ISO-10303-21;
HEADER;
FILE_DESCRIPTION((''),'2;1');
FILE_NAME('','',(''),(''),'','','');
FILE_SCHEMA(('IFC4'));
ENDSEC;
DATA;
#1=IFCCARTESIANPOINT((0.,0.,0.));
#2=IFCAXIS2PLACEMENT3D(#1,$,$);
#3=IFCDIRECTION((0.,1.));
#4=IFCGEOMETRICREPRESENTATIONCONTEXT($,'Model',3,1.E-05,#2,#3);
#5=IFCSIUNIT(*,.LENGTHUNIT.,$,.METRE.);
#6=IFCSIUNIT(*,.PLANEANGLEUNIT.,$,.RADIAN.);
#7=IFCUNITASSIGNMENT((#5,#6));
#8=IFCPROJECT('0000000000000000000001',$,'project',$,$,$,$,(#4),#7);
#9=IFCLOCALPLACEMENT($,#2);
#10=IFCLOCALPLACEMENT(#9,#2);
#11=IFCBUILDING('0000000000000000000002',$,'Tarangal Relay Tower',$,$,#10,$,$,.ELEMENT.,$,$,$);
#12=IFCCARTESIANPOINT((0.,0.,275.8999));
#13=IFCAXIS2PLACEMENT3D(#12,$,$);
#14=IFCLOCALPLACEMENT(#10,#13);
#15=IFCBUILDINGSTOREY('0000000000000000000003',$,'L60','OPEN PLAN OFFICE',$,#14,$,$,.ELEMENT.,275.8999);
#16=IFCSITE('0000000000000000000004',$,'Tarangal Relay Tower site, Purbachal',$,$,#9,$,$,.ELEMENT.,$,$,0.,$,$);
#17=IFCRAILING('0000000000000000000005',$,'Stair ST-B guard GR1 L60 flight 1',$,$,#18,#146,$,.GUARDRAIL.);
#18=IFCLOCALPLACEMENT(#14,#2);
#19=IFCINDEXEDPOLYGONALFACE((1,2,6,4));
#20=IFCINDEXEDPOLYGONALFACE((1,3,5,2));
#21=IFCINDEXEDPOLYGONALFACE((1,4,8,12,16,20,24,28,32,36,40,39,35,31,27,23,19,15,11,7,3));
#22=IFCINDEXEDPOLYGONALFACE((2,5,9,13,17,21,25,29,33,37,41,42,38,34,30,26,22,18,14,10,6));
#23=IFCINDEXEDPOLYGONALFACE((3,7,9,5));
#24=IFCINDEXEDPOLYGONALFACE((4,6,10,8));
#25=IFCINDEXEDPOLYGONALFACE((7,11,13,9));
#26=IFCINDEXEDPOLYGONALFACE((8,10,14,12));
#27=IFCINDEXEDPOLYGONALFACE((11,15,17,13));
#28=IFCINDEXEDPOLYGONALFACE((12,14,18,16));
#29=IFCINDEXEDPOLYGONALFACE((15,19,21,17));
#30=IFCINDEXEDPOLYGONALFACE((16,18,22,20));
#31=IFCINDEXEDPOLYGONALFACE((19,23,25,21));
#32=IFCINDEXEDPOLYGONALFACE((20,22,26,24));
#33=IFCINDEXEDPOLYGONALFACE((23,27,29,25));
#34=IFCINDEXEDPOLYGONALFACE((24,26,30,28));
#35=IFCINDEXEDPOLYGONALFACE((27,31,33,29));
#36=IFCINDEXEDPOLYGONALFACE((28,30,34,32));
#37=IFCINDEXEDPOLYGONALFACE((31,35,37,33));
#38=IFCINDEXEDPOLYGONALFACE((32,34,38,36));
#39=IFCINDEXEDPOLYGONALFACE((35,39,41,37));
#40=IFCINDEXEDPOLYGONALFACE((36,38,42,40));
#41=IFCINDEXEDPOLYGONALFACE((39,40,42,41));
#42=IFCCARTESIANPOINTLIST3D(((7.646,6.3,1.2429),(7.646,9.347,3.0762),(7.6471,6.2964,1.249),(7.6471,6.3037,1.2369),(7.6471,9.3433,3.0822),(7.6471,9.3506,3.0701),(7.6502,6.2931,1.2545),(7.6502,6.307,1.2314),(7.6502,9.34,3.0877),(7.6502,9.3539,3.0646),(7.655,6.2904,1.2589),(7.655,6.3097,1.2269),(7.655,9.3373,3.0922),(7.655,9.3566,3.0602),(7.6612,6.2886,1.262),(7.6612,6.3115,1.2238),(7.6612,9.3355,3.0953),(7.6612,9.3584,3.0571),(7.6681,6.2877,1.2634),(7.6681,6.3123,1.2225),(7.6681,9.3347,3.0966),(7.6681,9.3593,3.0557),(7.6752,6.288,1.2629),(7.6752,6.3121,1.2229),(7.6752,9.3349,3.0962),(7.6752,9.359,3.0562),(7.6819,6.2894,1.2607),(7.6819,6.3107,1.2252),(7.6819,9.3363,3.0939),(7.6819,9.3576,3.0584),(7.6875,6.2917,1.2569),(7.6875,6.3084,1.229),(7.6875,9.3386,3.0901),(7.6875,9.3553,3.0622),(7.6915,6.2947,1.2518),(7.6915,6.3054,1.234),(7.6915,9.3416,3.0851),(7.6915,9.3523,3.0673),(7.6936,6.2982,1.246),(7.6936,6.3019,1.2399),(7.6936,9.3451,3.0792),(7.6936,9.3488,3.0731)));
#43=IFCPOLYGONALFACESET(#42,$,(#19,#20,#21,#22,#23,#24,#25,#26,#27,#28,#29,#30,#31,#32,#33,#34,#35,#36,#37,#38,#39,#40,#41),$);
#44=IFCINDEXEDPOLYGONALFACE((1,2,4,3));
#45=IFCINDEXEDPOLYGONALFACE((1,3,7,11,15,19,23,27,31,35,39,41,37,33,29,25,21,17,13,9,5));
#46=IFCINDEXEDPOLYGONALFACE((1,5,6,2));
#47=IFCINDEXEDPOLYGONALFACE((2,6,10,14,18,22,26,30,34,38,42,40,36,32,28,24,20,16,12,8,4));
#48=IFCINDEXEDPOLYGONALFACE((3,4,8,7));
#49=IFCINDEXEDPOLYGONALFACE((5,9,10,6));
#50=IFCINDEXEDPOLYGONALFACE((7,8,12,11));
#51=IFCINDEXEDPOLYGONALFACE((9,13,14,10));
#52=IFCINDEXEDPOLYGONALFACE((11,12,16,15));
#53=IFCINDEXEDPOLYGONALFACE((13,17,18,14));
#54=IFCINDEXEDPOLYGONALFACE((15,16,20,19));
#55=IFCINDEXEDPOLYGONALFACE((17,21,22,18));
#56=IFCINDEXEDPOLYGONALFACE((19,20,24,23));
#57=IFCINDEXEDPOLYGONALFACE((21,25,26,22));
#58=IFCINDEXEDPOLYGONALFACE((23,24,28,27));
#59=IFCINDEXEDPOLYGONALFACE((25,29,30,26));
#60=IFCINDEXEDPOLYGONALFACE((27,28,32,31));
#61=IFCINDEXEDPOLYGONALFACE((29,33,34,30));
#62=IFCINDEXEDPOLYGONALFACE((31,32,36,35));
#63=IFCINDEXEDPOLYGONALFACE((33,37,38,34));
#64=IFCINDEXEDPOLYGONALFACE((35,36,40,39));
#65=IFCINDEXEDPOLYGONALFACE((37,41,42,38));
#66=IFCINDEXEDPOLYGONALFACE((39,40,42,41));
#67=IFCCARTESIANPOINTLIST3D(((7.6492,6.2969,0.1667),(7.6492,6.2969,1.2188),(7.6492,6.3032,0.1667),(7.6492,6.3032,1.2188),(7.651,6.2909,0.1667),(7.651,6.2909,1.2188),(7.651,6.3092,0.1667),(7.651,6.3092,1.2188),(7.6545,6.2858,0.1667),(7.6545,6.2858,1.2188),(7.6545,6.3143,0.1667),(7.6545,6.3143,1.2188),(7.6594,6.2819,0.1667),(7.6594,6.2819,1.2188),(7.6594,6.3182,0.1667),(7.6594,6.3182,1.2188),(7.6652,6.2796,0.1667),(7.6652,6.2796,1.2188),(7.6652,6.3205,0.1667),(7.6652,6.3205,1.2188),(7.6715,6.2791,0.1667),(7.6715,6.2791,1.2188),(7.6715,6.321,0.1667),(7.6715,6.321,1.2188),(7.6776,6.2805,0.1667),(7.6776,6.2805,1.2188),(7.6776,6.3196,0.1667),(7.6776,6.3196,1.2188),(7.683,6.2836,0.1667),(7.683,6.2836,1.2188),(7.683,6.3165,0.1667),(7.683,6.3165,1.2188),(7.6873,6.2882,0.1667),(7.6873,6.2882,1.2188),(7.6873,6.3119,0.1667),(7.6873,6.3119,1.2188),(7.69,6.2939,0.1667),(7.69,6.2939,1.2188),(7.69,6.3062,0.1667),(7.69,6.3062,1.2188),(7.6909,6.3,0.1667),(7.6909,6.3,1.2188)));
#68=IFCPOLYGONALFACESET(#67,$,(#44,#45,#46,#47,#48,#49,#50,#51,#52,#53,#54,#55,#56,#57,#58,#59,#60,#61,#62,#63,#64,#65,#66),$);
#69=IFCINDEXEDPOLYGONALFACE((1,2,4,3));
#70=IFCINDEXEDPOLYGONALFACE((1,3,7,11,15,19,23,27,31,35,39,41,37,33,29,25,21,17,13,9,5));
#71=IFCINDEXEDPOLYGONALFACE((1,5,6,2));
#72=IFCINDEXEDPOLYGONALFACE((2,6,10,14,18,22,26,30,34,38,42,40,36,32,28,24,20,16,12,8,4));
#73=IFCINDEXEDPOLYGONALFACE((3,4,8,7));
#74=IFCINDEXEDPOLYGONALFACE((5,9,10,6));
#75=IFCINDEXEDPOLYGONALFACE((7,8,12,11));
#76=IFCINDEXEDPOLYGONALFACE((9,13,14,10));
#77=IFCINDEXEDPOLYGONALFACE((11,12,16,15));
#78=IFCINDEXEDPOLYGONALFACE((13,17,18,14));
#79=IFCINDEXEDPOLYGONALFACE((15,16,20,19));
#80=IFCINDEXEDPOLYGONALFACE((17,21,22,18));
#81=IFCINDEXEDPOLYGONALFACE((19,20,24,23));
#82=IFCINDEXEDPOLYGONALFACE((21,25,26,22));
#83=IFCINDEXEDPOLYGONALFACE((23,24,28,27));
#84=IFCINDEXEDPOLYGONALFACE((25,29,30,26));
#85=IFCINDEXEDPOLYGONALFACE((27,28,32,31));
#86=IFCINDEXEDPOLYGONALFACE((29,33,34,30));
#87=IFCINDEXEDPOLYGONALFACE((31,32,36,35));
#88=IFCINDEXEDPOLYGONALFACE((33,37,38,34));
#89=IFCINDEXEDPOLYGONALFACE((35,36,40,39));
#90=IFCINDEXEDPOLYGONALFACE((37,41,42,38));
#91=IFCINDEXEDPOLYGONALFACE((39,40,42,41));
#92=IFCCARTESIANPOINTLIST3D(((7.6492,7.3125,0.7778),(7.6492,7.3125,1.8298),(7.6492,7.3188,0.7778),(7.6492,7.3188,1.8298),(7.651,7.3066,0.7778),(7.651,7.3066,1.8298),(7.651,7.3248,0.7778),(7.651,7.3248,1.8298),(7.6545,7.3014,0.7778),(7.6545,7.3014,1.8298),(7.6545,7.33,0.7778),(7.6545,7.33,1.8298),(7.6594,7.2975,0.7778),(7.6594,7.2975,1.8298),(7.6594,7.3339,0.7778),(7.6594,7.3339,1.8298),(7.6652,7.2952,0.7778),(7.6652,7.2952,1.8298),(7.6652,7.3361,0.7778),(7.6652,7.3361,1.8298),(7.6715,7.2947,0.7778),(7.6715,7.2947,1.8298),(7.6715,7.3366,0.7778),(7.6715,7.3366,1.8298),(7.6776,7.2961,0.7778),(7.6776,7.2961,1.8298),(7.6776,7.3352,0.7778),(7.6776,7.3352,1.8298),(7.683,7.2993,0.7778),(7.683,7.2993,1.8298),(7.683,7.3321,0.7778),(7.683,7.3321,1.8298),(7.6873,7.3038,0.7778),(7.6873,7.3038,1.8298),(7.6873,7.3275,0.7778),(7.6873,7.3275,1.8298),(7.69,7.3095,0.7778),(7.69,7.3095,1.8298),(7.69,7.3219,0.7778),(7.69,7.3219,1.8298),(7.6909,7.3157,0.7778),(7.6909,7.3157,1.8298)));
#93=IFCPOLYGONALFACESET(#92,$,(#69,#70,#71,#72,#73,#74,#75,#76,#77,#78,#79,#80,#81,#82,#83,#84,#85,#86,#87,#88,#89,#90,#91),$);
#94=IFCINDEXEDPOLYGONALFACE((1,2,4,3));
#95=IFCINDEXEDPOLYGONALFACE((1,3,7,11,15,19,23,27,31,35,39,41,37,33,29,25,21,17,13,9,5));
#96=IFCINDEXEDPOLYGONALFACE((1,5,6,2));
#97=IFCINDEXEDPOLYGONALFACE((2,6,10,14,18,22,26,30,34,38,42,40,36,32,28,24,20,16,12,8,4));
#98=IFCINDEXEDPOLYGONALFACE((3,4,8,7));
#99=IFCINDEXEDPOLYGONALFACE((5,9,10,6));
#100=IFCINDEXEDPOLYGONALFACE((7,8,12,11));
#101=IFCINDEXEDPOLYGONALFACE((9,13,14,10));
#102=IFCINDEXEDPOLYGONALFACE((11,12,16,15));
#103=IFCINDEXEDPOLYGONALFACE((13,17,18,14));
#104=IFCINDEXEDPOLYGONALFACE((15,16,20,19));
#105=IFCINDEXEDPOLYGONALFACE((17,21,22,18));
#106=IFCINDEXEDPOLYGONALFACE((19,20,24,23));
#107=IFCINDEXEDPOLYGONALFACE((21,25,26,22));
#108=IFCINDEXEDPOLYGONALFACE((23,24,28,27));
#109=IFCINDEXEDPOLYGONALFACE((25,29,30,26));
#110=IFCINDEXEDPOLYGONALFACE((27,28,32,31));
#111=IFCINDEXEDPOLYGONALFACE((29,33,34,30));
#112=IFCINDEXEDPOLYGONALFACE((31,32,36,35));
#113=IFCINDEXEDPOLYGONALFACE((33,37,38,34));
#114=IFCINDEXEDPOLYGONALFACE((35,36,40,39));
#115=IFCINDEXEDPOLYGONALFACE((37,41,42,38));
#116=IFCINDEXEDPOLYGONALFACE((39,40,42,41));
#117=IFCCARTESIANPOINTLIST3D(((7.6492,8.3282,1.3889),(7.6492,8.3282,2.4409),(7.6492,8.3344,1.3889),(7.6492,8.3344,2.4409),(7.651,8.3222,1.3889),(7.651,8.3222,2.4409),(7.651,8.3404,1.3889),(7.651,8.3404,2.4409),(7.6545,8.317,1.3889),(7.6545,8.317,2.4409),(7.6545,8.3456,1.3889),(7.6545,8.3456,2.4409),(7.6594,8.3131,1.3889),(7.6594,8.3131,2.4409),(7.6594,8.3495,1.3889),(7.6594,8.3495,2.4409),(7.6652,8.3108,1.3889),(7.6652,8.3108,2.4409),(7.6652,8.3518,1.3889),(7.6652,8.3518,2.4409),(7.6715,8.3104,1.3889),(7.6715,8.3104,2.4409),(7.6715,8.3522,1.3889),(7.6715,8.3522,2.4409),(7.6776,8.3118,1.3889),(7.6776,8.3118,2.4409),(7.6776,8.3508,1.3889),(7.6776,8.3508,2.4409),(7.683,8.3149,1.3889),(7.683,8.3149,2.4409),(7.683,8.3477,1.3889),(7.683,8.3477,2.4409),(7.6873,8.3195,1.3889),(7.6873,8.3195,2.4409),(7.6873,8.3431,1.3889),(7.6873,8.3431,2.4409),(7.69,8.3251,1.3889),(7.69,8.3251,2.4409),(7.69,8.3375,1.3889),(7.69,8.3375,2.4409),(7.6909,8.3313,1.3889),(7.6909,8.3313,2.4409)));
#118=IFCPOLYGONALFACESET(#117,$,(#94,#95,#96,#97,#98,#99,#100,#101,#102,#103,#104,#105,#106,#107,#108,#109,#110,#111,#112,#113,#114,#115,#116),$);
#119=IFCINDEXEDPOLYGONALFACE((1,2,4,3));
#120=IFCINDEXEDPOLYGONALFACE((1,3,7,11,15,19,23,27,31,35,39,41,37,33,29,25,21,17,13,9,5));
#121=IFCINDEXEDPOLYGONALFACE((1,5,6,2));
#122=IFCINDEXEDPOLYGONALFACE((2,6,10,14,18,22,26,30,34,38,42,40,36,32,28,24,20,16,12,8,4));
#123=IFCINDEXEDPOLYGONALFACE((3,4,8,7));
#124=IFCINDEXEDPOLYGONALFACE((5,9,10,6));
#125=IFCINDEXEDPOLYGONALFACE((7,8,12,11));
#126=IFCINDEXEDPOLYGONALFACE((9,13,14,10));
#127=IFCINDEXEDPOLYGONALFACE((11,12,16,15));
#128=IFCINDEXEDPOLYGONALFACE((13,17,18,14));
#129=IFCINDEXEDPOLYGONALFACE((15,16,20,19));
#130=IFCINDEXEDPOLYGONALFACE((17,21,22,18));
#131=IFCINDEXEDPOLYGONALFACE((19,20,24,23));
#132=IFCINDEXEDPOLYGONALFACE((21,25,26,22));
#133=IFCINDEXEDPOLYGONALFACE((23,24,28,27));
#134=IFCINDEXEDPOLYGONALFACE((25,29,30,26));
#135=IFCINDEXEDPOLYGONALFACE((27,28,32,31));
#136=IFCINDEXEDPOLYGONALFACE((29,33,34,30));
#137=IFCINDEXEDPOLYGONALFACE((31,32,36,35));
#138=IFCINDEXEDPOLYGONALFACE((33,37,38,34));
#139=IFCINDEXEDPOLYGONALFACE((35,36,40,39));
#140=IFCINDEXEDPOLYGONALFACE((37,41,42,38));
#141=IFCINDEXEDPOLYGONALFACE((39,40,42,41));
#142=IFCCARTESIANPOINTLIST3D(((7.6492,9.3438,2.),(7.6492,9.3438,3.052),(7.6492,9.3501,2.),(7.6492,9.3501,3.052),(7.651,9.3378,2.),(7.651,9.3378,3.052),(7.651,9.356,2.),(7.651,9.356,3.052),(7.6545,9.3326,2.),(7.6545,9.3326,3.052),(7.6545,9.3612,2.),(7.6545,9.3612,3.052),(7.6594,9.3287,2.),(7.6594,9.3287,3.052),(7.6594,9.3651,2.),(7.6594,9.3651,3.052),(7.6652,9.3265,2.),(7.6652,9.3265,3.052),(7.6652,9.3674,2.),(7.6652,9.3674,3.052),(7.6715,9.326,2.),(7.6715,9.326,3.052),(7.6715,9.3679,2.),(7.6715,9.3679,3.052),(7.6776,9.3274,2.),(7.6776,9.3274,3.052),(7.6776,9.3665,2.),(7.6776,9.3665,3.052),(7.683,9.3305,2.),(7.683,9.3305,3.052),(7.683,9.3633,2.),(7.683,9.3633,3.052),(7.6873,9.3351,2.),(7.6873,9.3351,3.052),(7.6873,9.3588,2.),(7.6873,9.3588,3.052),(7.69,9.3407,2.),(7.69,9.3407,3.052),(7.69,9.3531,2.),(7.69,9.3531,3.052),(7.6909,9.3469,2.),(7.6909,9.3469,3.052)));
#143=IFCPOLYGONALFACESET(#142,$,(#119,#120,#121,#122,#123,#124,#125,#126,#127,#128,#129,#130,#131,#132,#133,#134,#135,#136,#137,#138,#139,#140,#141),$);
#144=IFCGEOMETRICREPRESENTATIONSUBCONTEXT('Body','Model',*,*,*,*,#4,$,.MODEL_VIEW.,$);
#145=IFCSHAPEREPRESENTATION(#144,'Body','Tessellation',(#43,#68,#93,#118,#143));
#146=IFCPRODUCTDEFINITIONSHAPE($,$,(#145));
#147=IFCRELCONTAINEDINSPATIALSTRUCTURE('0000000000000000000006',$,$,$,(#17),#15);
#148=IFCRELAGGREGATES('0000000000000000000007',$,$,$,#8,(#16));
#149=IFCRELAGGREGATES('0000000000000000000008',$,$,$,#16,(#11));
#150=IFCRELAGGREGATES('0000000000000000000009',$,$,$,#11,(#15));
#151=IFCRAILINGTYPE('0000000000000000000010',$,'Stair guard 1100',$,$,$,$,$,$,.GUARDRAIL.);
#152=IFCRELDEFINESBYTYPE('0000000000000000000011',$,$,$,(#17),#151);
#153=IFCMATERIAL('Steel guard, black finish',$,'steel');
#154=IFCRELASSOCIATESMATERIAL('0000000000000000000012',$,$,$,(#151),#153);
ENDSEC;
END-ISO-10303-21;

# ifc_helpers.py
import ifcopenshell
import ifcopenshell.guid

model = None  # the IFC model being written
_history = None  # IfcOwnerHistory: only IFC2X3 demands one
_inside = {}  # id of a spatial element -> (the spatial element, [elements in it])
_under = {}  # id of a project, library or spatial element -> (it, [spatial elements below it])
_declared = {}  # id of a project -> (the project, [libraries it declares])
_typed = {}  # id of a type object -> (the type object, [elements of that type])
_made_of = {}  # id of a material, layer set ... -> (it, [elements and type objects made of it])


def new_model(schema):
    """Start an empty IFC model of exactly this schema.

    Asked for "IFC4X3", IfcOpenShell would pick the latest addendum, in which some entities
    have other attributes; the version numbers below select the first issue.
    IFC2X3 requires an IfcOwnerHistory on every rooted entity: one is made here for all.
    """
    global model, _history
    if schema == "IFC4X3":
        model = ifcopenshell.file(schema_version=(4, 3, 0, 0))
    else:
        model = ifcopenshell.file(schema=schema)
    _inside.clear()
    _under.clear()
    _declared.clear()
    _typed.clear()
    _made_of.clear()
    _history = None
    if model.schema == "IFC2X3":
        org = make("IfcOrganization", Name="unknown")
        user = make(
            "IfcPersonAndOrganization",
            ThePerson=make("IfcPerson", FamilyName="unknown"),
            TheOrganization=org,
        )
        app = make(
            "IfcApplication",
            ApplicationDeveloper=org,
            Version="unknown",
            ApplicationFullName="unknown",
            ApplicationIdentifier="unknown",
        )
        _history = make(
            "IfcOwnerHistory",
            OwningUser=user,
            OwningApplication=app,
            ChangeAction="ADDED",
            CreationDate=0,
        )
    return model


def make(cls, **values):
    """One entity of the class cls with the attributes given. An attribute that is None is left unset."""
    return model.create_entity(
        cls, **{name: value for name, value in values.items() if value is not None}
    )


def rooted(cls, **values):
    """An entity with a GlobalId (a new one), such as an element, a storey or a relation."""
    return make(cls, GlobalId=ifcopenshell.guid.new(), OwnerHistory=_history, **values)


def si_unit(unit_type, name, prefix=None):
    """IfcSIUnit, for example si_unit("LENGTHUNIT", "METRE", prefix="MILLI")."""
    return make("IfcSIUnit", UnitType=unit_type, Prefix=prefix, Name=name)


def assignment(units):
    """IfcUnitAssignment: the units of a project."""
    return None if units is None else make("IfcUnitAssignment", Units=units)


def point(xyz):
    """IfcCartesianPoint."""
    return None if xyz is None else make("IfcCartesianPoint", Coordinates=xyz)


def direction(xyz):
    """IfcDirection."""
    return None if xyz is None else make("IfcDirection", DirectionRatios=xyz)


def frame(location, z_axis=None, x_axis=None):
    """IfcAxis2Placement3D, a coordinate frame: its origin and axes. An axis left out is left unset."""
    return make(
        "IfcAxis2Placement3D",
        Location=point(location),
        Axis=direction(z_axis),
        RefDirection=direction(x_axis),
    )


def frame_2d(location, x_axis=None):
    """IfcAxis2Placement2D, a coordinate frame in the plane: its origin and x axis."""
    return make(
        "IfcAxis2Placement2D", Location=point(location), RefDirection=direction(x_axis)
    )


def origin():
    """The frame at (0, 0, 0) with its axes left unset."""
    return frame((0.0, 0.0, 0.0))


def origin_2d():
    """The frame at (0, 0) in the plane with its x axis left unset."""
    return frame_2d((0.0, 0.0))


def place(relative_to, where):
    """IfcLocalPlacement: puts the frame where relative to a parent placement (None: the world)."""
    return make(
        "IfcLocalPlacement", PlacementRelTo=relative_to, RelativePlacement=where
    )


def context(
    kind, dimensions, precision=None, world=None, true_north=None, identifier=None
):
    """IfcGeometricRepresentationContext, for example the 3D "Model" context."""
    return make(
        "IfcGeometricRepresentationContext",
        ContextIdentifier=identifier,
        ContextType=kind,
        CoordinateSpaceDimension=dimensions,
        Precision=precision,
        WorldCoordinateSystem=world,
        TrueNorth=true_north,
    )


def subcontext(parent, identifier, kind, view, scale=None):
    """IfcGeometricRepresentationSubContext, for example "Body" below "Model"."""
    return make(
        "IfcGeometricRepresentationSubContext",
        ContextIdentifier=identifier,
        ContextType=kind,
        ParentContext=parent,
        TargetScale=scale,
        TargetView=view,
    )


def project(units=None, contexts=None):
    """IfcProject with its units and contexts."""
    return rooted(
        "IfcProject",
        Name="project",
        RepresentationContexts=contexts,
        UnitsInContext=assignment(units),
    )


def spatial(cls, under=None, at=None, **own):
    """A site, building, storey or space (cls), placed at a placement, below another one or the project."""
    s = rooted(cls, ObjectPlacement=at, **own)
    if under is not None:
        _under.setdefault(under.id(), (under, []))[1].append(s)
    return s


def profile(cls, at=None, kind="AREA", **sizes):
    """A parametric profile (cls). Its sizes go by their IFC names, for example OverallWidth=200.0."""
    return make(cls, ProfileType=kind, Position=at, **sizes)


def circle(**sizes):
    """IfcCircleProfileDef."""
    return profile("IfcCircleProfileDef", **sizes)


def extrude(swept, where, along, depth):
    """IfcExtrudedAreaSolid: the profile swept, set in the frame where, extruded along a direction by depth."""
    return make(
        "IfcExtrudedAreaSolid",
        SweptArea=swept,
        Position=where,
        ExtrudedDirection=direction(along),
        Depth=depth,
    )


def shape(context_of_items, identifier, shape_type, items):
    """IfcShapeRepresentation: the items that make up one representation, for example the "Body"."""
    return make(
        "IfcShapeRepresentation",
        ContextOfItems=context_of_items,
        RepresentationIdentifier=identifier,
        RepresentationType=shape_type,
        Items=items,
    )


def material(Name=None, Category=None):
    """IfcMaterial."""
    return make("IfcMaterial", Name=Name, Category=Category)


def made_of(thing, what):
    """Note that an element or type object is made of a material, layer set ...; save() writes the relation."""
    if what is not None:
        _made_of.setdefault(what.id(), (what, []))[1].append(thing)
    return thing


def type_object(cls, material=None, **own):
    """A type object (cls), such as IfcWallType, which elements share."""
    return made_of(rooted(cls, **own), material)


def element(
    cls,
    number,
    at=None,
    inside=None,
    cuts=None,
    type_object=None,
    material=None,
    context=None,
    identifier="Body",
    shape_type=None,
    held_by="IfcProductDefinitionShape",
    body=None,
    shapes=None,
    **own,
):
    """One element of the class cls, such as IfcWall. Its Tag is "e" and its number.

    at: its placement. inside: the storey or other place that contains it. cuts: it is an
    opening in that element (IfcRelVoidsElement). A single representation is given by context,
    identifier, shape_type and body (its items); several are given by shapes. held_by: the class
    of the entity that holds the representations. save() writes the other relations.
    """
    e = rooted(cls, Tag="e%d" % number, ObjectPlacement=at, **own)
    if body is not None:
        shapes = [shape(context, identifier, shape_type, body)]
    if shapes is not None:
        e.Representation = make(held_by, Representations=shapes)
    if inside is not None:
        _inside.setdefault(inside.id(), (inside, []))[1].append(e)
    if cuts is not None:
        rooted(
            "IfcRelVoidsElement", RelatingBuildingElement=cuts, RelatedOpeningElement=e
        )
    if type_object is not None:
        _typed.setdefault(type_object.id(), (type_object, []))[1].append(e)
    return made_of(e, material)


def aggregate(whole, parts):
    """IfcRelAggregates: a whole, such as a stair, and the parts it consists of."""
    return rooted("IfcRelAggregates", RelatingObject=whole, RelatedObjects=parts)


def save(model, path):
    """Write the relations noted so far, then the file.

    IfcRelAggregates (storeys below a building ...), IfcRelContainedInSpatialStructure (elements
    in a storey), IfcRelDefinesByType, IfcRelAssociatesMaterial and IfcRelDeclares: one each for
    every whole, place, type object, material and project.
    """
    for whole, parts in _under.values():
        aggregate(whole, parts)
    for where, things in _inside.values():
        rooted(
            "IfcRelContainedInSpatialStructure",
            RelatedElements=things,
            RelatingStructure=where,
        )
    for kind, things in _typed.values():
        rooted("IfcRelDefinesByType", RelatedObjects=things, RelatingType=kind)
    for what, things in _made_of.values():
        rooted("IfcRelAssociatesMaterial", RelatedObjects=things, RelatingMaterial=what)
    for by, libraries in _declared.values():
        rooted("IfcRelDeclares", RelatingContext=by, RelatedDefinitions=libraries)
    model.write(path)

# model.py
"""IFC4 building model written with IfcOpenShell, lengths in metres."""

from ifc_helpers import new_model, si_unit, direction, frame, origin, origin_2d, place, context, subcontext, project, spatial, circle, extrude, material, type_object, element, save


model = new_model("IFC4")

# Units and contexts
model_context = context("Model", 3, precision=1e-05, world=origin(), true_north=direction((0.0, 1.0)))
body_context = subcontext(model_context, "Body", "Model", "MODEL_VIEW")
ifc_project = project(units=[si_unit("LENGTHUNIT", "METRE"), si_unit("PLANEANGLEUNIT", "RADIAN")], contexts=[model_context])

# Site, building, storey
site_placement = place(None, origin())
site = spatial("IfcSite", under=ifc_project, at=site_placement, Name="Tarangal Relay Tower site, Purbachal", CompositionType="ELEMENT", RefElevation=0.0)
building_placement = place(site_placement, origin())
building = spatial("IfcBuilding", under=site, at=building_placement, Name="Tarangal Relay Tower", CompositionType="ELEMENT")
storey_placement = place(building_placement, frame((0.0, 0.0, 275.8999)))
storey = spatial("IfcBuildingStorey", under=building, at=storey_placement, Name="L60", Description="OPEN PLAN OFFICE", CompositionType="ELEMENT", Elevation=275.8999)

# Railing
ifc_material_1 = material(Name="Steel guard, black finish", Category="steel")
railing_type_1 = type_object("IfcRailingType", Name="Stair guard 1100", PredefinedType="GUARDRAIL", material=ifc_material_1)
railing_1_placement = place(storey_placement, frame((7.6699, 6.3, 0.1667)))
element("IfcRailing", 1, at=railing_1_placement, inside=storey, type_object=railing_type_1, Name="Stair ST-B guard GR1 L60 flight 1", PredefinedType="GUARDRAIL", context=body_context, shape_type="SweptSolid", body=[
    extrude(circle(Radius=0.0239, at=origin_2d()), frame((0.0, 0.0, 1.0762), z_axis=(0.0, 0.856856, 0.515556), x_axis=(-1.0, 0.0, 0.0)), (0.0, 0.0, 1.0), 3.5559),
    extrude(circle(Radius=0.021, at=origin_2d()), origin(), (0.0, 0.0, 1.0), 1.052),
    extrude(circle(Radius=0.021, at=origin_2d()), frame((0.0, 1.0156, 0.6111)), (0.0, 0.0, 1.0), 1.052),
    extrude(circle(Radius=0.021, at=origin_2d()), frame((0.0, 2.0312, 1.2222)), (0.0, 0.0, 1.0), 1.052),
    extrude(circle(Radius=0.021, at=origin_2d()), frame((0.0, 3.0469, 1.8333)), (0.0, 0.0, 1.0), 1.052),
])

save(model, "model.ifc")
